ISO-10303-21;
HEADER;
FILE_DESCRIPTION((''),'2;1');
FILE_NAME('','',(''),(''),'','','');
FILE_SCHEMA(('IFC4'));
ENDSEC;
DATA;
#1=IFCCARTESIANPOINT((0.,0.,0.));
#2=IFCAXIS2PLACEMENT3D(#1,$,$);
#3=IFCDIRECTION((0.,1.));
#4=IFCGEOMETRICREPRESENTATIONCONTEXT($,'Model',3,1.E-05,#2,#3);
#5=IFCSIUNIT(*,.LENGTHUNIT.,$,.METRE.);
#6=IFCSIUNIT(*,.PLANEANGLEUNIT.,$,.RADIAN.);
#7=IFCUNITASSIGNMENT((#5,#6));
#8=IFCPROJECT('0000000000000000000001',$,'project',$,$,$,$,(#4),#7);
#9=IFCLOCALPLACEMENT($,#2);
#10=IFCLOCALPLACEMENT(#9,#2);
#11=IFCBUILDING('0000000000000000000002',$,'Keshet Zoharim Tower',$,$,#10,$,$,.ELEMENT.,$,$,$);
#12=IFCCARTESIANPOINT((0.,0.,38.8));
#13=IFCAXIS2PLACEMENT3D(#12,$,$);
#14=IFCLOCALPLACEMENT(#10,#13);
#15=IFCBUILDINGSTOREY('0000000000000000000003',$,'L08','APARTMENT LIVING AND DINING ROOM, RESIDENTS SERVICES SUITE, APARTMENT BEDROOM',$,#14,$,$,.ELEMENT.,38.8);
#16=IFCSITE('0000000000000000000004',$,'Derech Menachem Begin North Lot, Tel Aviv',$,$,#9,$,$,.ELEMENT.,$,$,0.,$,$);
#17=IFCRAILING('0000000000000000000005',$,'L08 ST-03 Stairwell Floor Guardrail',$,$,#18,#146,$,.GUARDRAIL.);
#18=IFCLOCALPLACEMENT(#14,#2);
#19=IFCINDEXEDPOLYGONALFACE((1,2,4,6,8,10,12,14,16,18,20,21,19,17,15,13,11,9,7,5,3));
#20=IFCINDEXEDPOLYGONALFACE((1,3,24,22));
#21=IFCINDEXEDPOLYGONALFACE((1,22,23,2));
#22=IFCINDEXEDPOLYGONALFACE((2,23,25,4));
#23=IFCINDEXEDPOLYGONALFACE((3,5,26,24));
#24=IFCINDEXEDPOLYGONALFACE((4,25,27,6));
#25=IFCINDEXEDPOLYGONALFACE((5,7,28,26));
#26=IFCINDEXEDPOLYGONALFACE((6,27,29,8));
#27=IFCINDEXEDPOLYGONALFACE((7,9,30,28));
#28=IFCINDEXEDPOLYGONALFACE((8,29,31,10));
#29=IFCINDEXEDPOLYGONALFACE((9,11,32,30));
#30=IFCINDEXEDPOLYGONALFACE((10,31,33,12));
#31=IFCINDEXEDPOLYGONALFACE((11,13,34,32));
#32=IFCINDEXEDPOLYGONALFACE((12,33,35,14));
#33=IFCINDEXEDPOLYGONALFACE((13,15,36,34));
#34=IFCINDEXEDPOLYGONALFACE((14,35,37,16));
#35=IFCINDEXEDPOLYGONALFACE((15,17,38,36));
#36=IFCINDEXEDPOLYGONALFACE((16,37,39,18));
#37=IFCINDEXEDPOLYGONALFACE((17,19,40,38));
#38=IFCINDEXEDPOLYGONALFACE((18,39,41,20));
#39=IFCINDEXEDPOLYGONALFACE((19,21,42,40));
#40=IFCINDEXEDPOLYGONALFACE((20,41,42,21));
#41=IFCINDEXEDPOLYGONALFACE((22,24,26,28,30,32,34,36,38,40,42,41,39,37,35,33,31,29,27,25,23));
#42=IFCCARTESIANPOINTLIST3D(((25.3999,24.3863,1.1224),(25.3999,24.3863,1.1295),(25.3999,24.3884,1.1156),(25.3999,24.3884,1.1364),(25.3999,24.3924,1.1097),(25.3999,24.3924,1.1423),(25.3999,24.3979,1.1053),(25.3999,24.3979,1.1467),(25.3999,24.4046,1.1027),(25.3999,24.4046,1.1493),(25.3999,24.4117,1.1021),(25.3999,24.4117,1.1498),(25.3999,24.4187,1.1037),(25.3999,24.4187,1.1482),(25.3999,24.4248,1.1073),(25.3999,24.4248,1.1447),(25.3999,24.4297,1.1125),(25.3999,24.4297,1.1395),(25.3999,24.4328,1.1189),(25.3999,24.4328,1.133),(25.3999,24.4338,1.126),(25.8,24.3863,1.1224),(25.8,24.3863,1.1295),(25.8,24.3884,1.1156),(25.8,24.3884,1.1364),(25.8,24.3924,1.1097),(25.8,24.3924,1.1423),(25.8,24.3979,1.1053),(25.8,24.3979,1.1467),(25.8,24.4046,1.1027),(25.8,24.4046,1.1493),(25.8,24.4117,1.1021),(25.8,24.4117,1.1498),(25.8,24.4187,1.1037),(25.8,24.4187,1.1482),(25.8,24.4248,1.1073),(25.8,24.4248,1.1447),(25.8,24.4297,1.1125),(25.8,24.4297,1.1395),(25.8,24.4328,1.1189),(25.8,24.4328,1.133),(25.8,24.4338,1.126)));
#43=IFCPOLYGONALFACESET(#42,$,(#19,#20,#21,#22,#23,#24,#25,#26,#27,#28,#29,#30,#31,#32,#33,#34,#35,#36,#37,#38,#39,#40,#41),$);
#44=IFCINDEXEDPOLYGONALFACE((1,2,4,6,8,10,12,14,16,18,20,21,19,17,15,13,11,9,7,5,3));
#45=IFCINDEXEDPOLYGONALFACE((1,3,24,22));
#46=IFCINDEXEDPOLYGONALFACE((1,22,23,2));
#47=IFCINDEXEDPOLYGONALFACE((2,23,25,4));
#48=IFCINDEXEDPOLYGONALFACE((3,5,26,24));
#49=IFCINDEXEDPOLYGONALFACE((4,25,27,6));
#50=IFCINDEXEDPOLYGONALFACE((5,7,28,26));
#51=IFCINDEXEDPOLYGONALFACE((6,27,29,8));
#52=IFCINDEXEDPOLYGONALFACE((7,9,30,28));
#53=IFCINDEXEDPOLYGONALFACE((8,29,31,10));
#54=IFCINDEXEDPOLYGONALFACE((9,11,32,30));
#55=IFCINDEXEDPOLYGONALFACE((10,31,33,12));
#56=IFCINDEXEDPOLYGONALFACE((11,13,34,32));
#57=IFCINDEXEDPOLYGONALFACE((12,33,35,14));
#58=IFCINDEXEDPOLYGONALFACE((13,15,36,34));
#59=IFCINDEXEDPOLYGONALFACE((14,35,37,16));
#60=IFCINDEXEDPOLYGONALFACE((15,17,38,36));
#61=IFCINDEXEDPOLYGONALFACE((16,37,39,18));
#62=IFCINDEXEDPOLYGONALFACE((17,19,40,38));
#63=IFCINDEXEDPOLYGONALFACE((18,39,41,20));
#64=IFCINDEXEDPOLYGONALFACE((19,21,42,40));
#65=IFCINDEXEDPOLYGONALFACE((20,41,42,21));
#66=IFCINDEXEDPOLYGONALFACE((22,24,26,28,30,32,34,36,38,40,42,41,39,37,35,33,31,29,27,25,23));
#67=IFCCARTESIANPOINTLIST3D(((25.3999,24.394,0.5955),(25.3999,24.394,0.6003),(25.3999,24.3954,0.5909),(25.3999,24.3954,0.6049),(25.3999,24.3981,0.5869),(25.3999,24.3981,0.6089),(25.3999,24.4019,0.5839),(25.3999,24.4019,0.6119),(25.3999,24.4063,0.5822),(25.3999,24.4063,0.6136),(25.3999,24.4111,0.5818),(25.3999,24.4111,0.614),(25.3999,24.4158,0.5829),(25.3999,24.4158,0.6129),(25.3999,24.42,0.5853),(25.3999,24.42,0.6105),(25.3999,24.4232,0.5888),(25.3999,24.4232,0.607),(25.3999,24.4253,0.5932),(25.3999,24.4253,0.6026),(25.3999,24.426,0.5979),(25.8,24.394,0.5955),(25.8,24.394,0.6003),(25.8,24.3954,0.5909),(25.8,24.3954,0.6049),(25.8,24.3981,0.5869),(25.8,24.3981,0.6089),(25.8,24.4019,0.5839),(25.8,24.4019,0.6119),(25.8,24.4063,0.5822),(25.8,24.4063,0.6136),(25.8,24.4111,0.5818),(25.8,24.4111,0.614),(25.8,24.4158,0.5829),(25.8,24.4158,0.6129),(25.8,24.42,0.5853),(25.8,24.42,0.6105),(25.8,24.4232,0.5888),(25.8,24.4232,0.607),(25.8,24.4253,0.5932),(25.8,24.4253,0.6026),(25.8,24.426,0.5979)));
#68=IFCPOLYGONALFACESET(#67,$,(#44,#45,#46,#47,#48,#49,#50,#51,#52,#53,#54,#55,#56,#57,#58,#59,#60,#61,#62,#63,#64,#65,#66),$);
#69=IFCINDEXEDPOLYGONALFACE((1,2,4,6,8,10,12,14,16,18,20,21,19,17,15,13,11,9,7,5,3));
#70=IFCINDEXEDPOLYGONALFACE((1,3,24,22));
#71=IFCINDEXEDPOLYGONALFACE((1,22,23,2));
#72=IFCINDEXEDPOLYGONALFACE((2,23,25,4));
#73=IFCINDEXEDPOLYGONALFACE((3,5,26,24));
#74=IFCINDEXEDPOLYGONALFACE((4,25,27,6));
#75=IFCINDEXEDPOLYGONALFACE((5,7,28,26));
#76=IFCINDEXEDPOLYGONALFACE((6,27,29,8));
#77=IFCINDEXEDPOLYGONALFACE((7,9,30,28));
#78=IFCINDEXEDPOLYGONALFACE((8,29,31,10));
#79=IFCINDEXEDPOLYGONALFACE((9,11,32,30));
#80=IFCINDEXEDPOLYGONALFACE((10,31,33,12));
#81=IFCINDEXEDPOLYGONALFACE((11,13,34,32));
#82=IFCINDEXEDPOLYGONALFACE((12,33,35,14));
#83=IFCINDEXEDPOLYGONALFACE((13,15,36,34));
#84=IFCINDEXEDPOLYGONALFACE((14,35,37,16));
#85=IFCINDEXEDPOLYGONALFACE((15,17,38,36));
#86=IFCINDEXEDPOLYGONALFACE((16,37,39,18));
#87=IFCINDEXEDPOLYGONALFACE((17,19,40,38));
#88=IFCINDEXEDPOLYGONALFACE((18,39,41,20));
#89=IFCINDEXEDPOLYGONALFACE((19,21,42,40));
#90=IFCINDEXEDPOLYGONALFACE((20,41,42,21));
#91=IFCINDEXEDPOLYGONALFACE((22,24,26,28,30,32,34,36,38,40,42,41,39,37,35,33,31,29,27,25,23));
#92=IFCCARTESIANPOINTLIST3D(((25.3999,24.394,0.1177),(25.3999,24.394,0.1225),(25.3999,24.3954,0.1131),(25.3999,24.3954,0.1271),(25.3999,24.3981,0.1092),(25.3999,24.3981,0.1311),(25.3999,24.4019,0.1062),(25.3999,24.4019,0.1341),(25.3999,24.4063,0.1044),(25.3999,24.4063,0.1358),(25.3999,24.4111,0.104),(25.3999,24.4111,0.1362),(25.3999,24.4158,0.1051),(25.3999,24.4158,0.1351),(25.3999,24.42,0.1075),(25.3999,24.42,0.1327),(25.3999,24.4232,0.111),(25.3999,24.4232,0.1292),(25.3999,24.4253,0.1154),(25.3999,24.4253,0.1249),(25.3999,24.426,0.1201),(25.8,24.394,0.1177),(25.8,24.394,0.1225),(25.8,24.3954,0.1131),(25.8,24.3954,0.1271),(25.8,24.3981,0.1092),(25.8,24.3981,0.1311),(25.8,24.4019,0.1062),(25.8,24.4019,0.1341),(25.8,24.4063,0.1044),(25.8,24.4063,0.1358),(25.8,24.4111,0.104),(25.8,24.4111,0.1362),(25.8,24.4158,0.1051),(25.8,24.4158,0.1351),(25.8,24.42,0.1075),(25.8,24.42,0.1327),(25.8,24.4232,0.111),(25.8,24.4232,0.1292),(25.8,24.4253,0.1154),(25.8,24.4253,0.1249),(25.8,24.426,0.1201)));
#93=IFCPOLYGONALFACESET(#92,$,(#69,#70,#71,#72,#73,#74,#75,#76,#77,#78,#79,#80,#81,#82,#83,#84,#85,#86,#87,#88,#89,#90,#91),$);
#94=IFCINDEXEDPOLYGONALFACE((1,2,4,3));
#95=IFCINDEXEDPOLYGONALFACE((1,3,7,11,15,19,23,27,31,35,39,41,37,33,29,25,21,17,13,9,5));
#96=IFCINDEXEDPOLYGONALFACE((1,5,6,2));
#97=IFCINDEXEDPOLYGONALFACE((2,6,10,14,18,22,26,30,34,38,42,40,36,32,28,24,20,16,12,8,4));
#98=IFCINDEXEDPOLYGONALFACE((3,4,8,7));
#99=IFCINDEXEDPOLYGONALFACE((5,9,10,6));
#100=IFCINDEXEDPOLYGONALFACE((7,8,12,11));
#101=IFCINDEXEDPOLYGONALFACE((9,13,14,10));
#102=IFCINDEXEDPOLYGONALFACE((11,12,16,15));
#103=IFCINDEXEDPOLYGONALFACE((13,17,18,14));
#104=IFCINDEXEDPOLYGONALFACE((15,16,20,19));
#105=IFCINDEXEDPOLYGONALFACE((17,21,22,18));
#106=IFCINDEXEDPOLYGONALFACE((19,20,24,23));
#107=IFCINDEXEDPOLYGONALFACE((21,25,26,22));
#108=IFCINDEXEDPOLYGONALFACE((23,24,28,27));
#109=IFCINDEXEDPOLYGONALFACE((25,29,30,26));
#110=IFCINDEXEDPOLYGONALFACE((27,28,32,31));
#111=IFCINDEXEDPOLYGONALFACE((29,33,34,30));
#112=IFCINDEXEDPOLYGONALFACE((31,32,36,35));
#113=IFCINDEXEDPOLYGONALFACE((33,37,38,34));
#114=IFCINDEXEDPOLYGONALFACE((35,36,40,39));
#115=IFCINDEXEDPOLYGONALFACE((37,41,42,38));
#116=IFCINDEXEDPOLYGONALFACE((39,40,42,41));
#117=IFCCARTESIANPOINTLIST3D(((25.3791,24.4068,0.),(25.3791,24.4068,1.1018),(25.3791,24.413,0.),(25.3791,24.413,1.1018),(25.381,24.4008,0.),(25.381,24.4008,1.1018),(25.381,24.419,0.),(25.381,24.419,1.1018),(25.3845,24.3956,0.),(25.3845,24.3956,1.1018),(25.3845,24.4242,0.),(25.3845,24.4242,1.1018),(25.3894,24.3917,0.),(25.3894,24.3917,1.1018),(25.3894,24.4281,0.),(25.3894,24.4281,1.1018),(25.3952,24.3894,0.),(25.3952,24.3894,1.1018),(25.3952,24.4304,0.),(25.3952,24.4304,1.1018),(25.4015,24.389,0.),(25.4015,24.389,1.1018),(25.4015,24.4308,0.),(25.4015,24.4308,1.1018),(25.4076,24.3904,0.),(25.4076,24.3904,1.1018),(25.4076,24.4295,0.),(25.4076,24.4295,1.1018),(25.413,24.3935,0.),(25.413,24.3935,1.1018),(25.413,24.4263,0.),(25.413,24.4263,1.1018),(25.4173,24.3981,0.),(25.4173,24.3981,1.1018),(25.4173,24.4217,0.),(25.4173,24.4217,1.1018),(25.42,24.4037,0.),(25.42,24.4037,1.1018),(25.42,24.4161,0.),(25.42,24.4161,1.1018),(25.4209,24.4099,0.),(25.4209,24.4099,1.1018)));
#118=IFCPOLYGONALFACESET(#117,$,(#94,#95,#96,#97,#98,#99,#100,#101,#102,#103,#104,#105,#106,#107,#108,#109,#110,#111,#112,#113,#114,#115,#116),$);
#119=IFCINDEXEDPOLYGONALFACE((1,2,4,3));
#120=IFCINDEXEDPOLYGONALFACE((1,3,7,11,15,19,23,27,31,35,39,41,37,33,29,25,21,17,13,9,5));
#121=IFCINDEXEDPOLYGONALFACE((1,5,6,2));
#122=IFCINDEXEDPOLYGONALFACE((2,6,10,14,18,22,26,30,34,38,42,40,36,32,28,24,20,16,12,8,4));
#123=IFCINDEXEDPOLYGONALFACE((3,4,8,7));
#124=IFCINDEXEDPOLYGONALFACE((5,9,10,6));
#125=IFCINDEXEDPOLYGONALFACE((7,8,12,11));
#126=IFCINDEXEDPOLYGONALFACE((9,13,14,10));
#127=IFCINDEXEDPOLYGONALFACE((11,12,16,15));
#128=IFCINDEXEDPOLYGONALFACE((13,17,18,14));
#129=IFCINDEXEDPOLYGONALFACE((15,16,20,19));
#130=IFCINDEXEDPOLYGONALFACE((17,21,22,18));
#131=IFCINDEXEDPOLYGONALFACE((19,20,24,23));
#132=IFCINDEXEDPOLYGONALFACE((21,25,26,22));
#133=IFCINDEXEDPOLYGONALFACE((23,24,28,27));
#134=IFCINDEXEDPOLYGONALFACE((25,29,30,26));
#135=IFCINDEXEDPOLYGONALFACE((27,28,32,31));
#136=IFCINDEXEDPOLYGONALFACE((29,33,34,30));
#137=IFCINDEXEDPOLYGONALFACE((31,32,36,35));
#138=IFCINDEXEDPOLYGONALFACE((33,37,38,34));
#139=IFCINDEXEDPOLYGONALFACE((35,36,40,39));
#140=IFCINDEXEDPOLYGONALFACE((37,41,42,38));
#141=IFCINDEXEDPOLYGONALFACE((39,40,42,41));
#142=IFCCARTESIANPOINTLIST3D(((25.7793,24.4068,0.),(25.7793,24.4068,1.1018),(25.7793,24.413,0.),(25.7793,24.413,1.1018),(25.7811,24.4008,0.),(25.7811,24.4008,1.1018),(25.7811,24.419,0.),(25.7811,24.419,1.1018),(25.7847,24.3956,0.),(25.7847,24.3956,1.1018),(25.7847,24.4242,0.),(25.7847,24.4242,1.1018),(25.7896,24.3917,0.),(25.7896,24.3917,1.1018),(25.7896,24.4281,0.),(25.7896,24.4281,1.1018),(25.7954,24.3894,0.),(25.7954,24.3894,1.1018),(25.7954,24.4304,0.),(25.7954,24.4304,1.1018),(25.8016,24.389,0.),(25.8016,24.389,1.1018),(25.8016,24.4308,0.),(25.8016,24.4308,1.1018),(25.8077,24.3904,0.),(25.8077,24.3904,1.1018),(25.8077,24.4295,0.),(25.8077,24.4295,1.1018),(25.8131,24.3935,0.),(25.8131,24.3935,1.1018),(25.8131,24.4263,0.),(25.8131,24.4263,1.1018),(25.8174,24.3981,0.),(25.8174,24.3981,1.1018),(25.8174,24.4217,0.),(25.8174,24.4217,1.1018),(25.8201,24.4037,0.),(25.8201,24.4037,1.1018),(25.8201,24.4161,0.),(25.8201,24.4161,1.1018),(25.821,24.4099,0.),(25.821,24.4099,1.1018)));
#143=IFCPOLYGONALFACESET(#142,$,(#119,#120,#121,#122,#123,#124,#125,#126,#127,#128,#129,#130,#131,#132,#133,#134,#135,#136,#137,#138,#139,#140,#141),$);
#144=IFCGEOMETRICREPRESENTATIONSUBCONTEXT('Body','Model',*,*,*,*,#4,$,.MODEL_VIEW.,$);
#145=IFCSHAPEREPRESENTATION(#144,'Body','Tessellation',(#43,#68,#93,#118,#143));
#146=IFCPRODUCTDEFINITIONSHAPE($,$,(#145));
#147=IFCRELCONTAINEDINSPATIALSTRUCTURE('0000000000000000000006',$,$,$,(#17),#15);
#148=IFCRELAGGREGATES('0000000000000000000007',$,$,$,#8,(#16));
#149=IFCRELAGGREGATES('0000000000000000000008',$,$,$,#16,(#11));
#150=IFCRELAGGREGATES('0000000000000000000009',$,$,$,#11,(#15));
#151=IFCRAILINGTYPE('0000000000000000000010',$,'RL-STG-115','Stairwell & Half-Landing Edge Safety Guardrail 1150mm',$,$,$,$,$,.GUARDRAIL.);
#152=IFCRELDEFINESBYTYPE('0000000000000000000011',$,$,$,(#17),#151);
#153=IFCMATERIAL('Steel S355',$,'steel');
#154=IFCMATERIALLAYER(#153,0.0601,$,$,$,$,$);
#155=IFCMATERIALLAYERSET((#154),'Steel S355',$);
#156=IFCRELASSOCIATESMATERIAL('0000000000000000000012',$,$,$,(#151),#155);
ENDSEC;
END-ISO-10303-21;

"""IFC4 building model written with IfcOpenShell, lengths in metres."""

from ifc_helpers import new_model, si_unit, direction, frame, origin, origin_2d, place, context, subcontext, project, spatial, circle, extrude, material, layer, layer_set, type_object, element, save


model = new_model("IFC4")

# Units and contexts
model_context = context("Model", 3, precision=1e-05, world=origin(), true_north=direction((0.0, 1.0)))
body_context = subcontext(model_context, "Body", "Model", "MODEL_VIEW")
ifc_project = project(units=[si_unit("LENGTHUNIT", "METRE"), si_unit("PLANEANGLEUNIT", "RADIAN")], contexts=[model_context])

# Site, building, storey
site_placement = place(None, origin())
site = spatial("IfcSite", under=ifc_project, at=site_placement, Name="Derech Menachem Begin North Lot, Tel Aviv", CompositionType="ELEMENT", RefElevation=0.0)
building_placement = place(site_placement, origin())
building = spatial("IfcBuilding", under=site, at=building_placement, Name="Keshet Zoharim Tower", CompositionType="ELEMENT")
storey_placement = place(building_placement, frame((0.0, 0.0, 38.8)))
storey = spatial("IfcBuildingStorey", under=building, at=storey_placement, Name="L08", Description="APARTMENT LIVING AND DINING ROOM, RESIDENTS SERVICES SUITE, APARTMENT BEDROOM", CompositionType="ELEMENT", Elevation=38.8)

# Shared definitions
ifc_material_1 = material(Name="Steel S355", Category="steel")

# Railing
ifc_layer_1 = layer(ifc_material_1, 0.0601)
ifc_layer_set_1 = layer_set([ifc_layer_1], Name="Steel S355")
railing_type = type_object("IfcRailingType", Name="RL-STG-115", Description="Stairwell & Half-Landing Edge Safety Guardrail 1150mm", PredefinedType="GUARDRAIL", material=ifc_layer_set_1)
railing_placement = place(storey_placement, frame((25.3999, 24.4099, 0.0)))
element("IfcRailing", 1, at=railing_placement, inside=storey, type_object=railing_type, Name="L08 ST-03 Stairwell Floor Guardrail", PredefinedType="GUARDRAIL", context=body_context, shape_type="SweptSolid", body=[
    extrude(circle(Radius=0.0239, at=origin_2d()), frame((0.0, 0.0, 1.126), z_axis=(1.0, 0.0, 0.0), x_axis=(0.0, 1.0, 0.0)), (0.0, 0.0, 1.0), 0.4001),
    extrude(circle(Radius=0.0161, at=origin_2d()), frame((0.0, 0.0, 0.5979), z_axis=(1.0, 0.0, 0.0), x_axis=(0.0, 1.0, 0.0)), (0.0, 0.0, 1.0), 0.4001),
    extrude(circle(Radius=0.0161, at=origin_2d()), frame((0.0, 0.0, 0.1201), z_axis=(1.0, 0.0, 0.0), x_axis=(0.0, 1.0, 0.0)), (0.0, 0.0, 1.0), 0.4001),
    extrude(circle(Radius=0.021, at=origin_2d()), origin(), (0.0, 0.0, 1.0), 1.1018),
    extrude(circle(Radius=0.021, at=origin_2d()), frame((0.4001, 0.0, 0.0)), (0.0, 0.0, 1.0), 1.1018),
])

save(model, "model.ifc")
